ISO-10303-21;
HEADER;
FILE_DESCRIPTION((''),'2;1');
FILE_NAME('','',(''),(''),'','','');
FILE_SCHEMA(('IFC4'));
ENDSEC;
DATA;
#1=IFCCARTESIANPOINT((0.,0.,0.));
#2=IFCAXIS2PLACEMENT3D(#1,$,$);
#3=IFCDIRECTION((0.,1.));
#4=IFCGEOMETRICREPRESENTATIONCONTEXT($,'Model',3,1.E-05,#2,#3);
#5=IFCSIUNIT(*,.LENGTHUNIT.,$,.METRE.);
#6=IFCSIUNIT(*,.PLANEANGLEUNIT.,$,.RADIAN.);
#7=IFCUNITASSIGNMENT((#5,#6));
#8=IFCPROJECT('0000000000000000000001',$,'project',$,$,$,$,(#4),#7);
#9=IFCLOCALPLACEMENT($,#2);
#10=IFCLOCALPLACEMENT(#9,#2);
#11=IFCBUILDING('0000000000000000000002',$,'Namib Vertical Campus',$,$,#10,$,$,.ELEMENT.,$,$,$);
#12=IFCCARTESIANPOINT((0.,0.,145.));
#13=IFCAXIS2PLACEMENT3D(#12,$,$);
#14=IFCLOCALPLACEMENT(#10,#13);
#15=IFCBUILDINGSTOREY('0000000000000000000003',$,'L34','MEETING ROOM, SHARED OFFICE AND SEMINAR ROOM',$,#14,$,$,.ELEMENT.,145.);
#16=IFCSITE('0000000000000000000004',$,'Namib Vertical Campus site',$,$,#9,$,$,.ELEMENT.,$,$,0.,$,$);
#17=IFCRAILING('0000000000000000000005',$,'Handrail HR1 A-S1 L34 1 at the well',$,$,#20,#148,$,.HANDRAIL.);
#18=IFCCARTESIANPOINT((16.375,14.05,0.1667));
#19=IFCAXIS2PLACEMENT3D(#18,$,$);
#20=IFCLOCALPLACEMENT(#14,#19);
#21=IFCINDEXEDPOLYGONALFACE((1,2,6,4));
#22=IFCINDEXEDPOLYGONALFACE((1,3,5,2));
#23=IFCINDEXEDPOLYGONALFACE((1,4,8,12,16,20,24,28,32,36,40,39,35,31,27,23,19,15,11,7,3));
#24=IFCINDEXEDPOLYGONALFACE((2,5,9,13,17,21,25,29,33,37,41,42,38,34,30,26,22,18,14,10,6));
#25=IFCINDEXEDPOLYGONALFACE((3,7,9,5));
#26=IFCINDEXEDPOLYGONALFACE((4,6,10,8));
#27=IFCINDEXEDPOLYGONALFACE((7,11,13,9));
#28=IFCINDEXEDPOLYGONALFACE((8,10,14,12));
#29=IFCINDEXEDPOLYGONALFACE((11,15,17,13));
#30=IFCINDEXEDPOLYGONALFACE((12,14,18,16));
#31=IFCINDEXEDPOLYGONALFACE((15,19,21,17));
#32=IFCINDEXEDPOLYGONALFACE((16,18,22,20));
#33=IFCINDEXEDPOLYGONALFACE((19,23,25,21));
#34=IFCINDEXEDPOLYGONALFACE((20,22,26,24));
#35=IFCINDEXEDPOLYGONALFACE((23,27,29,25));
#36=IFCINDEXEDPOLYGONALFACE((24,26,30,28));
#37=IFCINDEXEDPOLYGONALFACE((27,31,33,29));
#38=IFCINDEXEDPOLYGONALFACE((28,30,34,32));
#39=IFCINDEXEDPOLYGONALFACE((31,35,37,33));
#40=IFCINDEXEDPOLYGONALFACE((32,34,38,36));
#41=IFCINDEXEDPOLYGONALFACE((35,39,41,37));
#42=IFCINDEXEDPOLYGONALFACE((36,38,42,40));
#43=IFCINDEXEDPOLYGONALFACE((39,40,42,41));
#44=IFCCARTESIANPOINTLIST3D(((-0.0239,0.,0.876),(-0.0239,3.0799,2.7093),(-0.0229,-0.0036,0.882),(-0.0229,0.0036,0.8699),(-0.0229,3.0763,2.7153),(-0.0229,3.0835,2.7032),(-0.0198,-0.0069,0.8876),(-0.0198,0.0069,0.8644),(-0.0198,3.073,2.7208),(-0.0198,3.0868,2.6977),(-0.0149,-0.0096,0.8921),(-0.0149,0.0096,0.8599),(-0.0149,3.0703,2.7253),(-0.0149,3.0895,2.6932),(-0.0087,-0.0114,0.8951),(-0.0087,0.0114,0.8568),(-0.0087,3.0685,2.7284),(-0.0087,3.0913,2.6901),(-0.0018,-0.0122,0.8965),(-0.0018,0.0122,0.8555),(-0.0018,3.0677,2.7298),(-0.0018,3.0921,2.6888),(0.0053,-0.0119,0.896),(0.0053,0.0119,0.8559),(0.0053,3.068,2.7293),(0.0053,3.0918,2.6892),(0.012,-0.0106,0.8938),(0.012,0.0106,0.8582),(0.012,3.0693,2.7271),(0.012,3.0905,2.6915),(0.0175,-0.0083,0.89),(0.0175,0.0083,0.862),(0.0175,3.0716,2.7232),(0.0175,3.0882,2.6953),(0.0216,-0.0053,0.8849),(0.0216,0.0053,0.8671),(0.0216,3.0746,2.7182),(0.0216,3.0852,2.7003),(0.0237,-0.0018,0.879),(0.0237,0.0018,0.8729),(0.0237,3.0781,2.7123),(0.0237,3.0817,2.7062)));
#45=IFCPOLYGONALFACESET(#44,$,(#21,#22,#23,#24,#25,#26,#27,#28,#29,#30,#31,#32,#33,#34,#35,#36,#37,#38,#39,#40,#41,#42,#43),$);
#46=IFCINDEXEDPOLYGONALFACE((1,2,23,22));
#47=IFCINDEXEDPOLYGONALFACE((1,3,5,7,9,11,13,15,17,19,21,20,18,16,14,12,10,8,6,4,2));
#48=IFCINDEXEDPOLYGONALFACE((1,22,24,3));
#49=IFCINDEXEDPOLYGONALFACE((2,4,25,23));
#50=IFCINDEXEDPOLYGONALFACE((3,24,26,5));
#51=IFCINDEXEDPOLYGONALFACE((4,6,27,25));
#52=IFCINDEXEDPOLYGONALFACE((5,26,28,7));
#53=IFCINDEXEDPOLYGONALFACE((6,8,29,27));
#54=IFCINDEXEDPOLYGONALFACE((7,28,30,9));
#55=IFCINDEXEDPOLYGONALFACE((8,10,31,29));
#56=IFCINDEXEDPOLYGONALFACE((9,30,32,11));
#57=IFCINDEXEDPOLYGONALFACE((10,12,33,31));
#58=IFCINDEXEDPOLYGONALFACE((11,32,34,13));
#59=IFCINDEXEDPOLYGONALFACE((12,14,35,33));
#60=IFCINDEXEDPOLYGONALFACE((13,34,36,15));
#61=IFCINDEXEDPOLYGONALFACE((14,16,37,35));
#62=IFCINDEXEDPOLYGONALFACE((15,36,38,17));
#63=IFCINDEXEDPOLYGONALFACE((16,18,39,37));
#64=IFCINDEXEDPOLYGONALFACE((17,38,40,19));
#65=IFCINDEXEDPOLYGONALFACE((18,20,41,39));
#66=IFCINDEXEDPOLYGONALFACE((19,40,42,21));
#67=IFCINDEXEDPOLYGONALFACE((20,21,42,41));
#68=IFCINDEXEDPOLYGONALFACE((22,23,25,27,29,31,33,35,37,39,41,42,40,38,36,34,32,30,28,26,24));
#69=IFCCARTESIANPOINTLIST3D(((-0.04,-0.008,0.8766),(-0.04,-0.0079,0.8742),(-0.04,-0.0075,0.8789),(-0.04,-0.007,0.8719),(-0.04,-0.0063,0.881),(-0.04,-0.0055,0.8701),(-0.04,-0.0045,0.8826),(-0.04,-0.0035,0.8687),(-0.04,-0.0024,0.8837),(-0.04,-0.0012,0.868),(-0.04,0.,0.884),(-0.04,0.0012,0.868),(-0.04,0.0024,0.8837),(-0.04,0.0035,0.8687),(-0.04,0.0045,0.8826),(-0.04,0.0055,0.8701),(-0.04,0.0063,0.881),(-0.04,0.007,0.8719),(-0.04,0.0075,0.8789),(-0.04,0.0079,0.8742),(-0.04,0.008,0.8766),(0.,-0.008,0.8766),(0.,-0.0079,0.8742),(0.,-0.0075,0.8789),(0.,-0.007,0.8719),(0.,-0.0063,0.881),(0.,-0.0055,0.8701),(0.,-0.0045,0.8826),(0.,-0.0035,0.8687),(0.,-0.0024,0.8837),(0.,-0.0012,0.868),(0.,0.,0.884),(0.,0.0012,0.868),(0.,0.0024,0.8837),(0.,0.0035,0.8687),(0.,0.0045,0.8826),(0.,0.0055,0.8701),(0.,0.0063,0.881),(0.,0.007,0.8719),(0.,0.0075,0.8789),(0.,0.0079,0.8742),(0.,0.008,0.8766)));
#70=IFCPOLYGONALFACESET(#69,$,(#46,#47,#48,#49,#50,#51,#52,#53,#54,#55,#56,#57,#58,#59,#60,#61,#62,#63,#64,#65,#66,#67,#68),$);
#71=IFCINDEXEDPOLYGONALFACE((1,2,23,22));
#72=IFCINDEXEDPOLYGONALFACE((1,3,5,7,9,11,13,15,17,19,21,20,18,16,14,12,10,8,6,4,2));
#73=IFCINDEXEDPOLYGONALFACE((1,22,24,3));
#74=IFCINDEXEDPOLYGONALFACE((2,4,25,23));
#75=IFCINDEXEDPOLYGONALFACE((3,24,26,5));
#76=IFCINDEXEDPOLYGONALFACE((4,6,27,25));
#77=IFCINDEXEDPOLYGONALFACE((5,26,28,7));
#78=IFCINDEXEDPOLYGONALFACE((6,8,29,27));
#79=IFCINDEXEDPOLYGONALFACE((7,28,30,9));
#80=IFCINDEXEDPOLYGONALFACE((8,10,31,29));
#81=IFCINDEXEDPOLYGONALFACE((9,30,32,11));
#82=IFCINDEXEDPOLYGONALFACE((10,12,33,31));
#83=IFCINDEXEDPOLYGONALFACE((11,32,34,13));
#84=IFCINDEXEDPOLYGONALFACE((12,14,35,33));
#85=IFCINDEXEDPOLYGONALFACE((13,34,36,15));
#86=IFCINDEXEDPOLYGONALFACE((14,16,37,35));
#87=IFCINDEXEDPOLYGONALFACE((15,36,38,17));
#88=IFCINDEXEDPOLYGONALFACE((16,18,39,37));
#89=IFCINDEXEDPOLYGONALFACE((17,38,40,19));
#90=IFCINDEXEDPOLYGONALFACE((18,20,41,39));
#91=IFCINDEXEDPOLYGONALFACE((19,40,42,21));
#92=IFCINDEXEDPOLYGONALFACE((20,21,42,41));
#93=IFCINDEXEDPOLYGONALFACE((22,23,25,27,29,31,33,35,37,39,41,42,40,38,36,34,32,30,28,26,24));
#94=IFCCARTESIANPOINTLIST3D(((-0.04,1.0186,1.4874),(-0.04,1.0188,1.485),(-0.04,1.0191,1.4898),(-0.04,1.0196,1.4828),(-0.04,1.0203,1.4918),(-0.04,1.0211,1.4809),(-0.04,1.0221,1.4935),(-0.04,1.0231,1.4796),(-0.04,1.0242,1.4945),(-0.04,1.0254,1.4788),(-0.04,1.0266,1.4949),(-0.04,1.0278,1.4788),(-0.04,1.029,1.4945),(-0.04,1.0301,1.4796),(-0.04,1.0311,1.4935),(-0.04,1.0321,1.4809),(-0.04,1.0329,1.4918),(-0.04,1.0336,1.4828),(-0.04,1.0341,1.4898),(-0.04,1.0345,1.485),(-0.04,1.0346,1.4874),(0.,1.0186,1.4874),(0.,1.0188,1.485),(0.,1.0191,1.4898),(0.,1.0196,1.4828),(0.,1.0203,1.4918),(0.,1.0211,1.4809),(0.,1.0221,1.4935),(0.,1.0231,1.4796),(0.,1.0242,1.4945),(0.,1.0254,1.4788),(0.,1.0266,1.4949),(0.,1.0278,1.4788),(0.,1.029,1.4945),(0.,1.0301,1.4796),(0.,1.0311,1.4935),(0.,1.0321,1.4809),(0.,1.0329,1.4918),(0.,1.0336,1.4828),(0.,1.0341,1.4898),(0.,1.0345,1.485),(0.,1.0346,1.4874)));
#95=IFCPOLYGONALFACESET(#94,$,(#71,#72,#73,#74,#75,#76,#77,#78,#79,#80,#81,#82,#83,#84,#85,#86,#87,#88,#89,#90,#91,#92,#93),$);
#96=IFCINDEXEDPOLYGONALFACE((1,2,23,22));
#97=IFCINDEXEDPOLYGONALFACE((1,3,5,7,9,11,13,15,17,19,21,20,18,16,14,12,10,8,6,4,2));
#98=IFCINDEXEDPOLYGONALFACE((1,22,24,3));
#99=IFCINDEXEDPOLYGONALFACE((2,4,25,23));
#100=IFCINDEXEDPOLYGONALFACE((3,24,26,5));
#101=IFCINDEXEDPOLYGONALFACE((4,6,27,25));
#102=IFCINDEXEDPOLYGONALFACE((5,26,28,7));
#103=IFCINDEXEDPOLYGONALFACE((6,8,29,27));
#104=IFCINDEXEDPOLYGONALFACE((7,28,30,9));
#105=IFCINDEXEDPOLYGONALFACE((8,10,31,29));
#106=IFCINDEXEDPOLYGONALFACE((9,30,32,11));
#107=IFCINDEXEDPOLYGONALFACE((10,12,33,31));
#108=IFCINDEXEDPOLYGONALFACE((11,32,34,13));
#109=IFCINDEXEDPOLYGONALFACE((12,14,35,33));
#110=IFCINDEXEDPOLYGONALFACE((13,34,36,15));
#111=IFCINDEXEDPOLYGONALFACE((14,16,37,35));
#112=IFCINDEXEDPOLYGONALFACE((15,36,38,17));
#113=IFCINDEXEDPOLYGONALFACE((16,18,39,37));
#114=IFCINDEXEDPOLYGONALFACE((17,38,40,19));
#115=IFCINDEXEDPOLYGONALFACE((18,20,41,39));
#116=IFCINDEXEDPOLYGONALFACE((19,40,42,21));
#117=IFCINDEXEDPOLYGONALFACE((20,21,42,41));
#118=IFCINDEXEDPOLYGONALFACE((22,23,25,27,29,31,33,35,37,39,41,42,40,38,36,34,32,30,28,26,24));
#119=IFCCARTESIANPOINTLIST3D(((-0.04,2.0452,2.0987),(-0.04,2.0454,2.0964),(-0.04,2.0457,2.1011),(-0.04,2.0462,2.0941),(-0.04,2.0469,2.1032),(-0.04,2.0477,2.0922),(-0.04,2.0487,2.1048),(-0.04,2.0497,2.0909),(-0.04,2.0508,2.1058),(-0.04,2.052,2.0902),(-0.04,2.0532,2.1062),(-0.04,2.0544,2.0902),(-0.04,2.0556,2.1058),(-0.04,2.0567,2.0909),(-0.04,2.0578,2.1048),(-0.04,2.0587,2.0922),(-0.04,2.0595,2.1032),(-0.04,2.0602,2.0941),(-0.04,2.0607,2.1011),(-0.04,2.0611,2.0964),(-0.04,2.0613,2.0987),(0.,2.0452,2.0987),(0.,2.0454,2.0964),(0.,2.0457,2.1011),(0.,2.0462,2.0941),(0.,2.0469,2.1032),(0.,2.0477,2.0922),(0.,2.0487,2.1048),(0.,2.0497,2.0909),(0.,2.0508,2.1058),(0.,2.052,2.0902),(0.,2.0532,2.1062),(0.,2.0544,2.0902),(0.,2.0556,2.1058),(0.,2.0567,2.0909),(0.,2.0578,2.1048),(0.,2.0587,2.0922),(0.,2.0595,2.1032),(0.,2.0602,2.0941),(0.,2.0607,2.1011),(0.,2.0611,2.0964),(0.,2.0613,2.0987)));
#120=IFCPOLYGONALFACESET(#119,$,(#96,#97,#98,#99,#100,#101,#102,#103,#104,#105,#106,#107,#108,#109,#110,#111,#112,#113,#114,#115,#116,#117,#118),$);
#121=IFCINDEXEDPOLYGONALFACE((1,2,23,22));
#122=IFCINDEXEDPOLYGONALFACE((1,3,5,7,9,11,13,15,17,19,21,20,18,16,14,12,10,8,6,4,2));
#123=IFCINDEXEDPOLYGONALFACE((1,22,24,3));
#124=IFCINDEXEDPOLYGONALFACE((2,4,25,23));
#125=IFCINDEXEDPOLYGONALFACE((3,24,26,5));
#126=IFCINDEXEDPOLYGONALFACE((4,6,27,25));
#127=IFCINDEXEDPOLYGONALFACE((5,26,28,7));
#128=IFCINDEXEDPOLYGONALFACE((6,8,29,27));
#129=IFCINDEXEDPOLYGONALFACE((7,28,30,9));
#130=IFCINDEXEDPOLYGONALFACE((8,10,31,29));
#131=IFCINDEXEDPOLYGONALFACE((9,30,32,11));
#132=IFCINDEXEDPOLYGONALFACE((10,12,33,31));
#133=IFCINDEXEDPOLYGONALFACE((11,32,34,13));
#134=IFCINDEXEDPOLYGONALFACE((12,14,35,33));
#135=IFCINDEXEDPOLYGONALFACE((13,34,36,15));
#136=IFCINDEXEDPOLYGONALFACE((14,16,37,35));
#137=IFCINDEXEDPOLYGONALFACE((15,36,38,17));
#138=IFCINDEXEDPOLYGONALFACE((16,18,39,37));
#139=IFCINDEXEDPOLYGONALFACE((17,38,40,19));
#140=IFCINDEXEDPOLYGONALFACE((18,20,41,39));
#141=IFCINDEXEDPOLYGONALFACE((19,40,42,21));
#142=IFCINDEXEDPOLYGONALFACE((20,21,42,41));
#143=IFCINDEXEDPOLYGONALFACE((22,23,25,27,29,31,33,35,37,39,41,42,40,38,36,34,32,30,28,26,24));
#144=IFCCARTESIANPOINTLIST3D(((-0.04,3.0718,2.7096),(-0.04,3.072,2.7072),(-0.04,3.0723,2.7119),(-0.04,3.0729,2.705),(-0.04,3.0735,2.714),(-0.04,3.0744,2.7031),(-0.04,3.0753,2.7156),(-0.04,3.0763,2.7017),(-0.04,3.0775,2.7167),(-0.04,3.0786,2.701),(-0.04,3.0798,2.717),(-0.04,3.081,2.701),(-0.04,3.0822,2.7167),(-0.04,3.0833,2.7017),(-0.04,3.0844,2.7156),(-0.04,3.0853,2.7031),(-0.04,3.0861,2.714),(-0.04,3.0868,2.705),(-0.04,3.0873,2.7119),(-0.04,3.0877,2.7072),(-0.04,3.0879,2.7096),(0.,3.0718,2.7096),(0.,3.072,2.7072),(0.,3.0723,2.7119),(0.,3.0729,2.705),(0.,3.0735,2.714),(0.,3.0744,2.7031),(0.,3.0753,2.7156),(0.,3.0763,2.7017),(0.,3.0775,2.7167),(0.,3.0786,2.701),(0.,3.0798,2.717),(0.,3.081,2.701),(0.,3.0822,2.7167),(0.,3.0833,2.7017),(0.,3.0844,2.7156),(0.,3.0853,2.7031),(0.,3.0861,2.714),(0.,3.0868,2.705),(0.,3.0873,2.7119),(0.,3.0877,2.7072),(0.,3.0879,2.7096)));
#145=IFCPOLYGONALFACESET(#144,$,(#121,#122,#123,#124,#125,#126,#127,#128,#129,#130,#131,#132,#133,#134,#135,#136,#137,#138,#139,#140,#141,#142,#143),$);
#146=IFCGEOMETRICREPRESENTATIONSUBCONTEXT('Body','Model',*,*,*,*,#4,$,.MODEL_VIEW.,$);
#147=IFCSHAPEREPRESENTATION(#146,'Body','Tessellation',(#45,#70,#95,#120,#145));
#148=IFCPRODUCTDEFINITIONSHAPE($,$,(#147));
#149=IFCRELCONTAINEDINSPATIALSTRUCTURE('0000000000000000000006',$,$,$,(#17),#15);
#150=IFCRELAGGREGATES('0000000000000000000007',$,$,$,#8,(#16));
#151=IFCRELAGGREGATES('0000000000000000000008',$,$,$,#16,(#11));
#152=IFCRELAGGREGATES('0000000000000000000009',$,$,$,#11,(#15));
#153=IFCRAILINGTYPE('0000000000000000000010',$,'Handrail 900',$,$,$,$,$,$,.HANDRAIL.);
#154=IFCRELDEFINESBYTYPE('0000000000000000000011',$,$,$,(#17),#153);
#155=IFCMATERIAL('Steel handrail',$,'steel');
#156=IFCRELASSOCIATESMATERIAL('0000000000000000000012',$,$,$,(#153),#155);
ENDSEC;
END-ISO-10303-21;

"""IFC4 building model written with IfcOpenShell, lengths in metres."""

from ifc_helpers import new_model, si_unit, direction, frame, origin, origin_2d, place, context, subcontext, project, spatial, circle, extrude, material, type_object, element, save


model = new_model("IFC4")

# Units and contexts
model_context = context("Model", 3, precision=1e-05, world=origin(), true_north=direction((0.0, 1.0)))
body_context = subcontext(model_context, "Body", "Model", "MODEL_VIEW")
ifc_project = project(units=[si_unit("LENGTHUNIT", "METRE"), si_unit("PLANEANGLEUNIT", "RADIAN")], contexts=[model_context])

# Site, building, storey
site_placement = place(None, origin())
site = spatial("IfcSite", under=ifc_project, at=site_placement, Name="Namib Vertical Campus site", CompositionType="ELEMENT", RefElevation=0.0)
building_placement = place(site_placement, origin())
building = spatial("IfcBuilding", under=site, at=building_placement, Name="Namib Vertical Campus", CompositionType="ELEMENT")
storey_placement = place(building_placement, frame((0.0, 0.0, 145.0)))
storey = spatial("IfcBuildingStorey", under=building, at=storey_placement, Name="L34", Description="MEETING ROOM, SHARED OFFICE AND SEMINAR ROOM", CompositionType="ELEMENT", Elevation=145.0)

# Railing
ifc_material_1 = material(Name="Steel handrail", Category="steel")
railing_type_1 = type_object("IfcRailingType", Name="Handrail 900", PredefinedType="HANDRAIL", material=ifc_material_1)
railing_1_placement = place(storey_placement, frame((16.375, 14.05, 0.1667)))
element("IfcRailing", 1, at=railing_1_placement, inside=storey, type_object=railing_type_1, Name="Handrail HR1 A-S1 L34 1 at the well", PredefinedType="HANDRAIL", context=body_context, shape_type="SweptSolid", body=[
    extrude(circle(Radius=0.0239, at=origin_2d()), frame((0.0, 0.0, 0.876), z_axis=(0.0, 0.859291, 0.511487), x_axis=(-1.0, 0.0, 0.0)), (0.0, 0.0, 1.0), 3.5842),
    extrude(circle(Radius=0.0081, at=origin_2d()), frame((0.0, 0.0, 0.876), z_axis=(-1.0, 0.0, 0.0), x_axis=(0.0, 0.0, 1.0)), (0.0, 0.0, 1.0), 0.04),
    extrude(circle(Radius=0.0081, at=origin_2d()), frame((0.0, 1.0266, 1.4868), z_axis=(-1.0, 0.0, 0.0), x_axis=(0.0, 0.0, 1.0)), (0.0, 0.0, 1.0), 0.04),
    extrude(circle(Radius=0.0081, at=origin_2d()), frame((0.0, 2.0532, 2.0981), z_axis=(-1.0, 0.0, 0.0), x_axis=(0.0, 0.0, 1.0)), (0.0, 0.0, 1.0), 0.04),
    extrude(circle(Radius=0.0081, at=origin_2d()), frame((0.0, 3.0798, 2.709), z_axis=(-1.0, 0.0, 0.0), x_axis=(0.0, 0.0, 1.0)), (0.0, 0.0, 1.0), 0.04),
])

save(model, "model.ifc")
